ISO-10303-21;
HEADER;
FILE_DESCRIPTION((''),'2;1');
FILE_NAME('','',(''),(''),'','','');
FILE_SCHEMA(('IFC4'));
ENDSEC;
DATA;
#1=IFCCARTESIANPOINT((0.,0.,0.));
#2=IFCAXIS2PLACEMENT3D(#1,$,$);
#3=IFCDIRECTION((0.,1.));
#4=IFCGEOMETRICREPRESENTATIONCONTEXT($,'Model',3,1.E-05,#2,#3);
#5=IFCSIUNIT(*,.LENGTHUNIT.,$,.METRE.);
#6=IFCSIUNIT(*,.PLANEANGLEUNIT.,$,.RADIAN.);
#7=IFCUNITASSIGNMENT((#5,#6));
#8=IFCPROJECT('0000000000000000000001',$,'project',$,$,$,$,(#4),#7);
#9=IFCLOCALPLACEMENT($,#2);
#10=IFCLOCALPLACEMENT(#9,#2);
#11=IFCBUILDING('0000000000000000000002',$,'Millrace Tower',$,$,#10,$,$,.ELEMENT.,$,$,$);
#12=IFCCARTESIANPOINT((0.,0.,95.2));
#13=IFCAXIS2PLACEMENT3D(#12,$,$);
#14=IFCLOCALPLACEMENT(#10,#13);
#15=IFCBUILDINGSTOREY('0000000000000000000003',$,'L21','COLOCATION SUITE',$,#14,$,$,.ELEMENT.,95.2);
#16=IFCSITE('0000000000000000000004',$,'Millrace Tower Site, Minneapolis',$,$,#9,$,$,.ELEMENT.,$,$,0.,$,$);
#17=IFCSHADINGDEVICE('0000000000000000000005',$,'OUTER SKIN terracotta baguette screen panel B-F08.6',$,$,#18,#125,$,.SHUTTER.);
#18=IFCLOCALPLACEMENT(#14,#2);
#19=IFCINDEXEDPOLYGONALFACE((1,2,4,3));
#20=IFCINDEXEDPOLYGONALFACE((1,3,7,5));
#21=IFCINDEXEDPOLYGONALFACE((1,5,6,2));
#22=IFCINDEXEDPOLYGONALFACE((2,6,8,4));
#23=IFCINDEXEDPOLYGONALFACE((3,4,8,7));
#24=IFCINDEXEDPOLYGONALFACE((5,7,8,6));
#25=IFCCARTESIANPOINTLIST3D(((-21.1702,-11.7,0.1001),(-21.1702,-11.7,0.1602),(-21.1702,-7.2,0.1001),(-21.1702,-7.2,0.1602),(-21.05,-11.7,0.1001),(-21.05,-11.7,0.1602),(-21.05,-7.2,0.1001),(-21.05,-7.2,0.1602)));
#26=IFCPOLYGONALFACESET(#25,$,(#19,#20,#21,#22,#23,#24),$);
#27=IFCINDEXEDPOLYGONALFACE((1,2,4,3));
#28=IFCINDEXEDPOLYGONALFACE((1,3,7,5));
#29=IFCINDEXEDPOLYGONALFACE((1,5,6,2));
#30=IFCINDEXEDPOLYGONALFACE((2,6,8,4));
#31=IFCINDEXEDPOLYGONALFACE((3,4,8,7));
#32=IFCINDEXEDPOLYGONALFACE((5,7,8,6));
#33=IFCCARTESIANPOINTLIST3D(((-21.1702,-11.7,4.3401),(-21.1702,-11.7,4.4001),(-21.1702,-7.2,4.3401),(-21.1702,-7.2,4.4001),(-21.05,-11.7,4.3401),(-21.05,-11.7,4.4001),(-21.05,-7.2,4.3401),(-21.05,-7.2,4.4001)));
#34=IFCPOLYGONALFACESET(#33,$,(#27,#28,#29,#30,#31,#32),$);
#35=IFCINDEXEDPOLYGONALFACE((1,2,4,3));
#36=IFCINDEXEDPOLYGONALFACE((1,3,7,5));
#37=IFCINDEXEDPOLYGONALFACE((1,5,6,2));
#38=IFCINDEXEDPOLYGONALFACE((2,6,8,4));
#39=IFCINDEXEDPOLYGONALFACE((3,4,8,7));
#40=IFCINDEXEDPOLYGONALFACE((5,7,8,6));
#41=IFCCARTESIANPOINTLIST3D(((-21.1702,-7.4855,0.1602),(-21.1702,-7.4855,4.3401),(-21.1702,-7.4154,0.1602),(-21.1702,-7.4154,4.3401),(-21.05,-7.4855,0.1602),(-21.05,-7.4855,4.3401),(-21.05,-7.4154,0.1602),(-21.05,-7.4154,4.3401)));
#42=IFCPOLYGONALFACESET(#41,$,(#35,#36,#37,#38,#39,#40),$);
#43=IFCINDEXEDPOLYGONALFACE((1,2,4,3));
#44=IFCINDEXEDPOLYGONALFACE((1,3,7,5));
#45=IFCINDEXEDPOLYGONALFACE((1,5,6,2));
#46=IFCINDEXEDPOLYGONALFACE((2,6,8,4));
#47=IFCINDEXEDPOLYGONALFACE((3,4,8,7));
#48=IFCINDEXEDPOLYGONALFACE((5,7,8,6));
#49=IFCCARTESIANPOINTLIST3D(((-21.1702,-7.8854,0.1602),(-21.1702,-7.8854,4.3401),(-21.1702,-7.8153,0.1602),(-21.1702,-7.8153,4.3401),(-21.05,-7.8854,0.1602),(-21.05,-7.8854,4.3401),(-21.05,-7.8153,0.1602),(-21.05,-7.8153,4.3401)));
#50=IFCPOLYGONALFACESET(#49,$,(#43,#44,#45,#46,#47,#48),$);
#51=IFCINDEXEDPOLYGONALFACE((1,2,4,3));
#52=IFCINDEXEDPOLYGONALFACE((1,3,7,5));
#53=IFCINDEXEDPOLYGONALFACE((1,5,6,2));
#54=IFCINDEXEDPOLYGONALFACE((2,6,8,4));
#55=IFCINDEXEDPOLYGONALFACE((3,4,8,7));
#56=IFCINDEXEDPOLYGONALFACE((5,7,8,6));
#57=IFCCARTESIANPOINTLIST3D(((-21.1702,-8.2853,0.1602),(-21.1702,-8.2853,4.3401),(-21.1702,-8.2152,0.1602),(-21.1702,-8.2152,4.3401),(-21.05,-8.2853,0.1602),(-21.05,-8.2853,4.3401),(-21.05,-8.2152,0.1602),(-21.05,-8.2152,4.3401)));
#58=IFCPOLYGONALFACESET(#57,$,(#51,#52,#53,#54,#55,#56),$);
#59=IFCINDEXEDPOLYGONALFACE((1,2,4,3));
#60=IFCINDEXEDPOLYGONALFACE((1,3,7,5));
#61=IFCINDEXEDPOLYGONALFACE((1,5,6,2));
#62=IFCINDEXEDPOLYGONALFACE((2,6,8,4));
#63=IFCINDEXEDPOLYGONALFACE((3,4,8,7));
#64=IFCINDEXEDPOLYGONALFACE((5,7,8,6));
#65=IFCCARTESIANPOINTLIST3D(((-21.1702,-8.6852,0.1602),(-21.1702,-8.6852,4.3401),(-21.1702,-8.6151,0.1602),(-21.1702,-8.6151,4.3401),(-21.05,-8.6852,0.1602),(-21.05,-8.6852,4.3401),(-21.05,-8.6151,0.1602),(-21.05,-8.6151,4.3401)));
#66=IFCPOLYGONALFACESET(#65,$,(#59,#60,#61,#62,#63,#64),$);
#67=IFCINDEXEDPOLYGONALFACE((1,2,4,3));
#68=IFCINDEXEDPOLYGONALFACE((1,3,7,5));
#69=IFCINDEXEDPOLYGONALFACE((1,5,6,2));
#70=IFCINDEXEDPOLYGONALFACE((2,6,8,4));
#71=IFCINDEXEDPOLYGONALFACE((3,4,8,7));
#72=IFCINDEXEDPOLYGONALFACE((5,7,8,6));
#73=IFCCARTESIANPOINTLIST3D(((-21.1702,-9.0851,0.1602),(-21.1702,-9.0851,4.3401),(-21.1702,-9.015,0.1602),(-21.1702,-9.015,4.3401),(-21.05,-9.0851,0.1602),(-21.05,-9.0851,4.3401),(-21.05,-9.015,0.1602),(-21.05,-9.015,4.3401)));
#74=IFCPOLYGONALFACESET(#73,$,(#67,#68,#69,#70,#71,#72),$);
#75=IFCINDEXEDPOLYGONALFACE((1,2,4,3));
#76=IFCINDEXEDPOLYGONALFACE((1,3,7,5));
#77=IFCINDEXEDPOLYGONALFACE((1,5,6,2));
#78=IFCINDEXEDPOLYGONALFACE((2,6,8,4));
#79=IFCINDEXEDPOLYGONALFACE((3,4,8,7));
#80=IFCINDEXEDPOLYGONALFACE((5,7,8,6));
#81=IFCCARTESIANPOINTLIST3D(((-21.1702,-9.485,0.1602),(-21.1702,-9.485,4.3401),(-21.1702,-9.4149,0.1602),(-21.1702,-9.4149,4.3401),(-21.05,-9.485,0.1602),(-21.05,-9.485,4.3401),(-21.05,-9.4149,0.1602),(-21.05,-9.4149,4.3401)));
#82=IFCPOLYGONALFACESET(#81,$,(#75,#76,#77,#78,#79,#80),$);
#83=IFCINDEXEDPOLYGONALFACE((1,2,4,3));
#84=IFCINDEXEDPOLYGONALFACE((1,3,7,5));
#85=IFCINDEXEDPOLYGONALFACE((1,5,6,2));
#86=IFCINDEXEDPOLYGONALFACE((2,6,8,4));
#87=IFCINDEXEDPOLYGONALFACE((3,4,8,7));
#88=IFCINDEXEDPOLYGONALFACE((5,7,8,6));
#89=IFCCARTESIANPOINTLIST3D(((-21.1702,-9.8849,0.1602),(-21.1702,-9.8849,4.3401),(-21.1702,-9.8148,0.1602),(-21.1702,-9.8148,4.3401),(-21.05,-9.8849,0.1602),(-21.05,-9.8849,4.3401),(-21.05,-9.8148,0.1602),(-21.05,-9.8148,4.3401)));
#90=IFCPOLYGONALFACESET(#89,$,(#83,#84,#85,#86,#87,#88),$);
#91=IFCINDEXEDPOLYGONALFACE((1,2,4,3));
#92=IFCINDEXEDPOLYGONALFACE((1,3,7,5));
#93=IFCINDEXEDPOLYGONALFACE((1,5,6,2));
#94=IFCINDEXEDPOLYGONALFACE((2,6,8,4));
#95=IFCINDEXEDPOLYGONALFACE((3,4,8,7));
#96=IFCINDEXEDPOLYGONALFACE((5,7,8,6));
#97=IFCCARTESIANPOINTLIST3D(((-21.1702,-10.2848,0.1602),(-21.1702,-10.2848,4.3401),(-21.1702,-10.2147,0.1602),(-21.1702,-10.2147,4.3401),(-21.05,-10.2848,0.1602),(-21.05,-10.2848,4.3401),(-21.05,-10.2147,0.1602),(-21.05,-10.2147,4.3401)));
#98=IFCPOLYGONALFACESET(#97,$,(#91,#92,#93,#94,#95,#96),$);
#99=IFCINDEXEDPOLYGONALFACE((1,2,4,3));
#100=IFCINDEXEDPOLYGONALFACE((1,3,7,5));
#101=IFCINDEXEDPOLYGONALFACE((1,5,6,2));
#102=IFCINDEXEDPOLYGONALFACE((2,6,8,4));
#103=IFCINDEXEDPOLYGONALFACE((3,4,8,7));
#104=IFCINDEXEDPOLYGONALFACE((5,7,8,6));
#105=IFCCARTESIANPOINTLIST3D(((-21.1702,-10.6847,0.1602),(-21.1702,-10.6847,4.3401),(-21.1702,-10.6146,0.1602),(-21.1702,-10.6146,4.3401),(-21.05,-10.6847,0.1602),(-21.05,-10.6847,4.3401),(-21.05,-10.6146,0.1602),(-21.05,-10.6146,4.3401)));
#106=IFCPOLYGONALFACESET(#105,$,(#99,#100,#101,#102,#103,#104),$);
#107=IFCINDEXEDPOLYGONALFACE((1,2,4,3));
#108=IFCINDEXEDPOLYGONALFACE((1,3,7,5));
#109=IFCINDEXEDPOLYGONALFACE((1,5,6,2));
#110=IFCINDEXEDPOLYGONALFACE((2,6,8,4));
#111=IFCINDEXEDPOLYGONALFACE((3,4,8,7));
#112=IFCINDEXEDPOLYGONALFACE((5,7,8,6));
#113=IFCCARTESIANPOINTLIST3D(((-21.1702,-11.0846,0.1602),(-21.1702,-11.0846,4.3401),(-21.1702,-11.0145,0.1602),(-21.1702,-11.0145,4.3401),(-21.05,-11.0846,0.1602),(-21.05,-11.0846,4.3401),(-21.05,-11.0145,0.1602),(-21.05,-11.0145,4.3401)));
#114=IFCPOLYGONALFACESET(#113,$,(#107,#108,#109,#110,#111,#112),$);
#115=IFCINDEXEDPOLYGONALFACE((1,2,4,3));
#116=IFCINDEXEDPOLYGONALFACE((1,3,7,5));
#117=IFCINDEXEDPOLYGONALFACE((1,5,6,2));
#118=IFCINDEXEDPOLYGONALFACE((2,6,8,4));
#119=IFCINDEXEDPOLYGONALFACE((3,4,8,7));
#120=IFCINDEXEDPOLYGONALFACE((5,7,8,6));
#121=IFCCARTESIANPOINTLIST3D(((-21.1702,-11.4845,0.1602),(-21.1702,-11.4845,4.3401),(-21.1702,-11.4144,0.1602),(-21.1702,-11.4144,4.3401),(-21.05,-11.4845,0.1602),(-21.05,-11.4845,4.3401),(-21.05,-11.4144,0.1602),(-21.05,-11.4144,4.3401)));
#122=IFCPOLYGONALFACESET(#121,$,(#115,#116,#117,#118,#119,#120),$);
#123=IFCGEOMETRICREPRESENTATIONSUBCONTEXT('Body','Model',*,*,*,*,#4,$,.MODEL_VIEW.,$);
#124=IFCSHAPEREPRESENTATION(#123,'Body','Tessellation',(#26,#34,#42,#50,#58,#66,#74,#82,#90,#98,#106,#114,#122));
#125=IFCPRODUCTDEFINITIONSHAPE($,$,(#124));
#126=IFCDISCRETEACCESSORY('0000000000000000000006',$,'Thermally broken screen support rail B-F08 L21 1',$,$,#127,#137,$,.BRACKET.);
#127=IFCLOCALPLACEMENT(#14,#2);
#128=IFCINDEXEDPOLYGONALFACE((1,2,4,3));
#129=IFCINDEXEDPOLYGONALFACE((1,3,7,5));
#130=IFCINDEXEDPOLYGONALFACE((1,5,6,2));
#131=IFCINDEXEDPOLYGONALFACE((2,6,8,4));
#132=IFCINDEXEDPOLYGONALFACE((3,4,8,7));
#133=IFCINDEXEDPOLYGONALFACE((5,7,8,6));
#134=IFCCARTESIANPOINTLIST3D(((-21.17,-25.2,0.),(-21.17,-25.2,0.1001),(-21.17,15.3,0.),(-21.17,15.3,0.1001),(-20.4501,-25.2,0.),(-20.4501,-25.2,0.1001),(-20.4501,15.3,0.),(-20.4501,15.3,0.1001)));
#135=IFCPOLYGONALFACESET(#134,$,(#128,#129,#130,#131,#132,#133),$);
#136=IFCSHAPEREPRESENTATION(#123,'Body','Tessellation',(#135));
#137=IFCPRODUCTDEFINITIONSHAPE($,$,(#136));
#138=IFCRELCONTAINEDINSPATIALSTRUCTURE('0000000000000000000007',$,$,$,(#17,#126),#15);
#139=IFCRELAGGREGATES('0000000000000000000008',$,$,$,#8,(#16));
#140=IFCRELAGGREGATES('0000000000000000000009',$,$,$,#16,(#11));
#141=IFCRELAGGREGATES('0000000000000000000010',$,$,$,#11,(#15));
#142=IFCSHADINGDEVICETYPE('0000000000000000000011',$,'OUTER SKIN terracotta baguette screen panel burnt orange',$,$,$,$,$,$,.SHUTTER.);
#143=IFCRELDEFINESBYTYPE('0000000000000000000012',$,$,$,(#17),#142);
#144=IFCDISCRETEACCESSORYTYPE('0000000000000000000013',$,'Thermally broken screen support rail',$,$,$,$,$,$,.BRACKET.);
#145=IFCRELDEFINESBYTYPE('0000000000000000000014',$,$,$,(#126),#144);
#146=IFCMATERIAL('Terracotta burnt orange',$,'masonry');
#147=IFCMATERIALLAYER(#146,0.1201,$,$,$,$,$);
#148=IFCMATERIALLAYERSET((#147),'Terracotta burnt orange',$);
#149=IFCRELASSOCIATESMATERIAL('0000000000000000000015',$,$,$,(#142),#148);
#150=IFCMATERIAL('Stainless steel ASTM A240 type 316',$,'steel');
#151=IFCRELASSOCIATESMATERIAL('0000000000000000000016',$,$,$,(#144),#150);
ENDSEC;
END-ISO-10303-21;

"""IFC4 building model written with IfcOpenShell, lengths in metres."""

from ifc_helpers import new_model, entity, si_unit, direction, frame, frame_2d, origin, origin_2d, place, context, subcontext, project, spatial, rectangle, extrude, source, transform, mapped, material, layer, layer_set, type_object, element, save


model = new_model("IFC4")

# Units and contexts
model_context = context("Model", 3, precision=1e-05, world=origin(), true_north=direction((0.0, 1.0)))
body_context = subcontext(model_context, "Body", "Model", "MODEL_VIEW")
ifc_project = project(units=[si_unit("LENGTHUNIT", "METRE"), si_unit("PLANEANGLEUNIT", "RADIAN")], contexts=[model_context])

# Site, building, storey
site_placement = place(None, origin())
site = spatial("IfcSite", under=ifc_project, at=site_placement, Name="Millrace Tower Site, Minneapolis", CompositionType="ELEMENT", RefElevation=0.0)
building_placement = place(site_placement, origin())
building = spatial("IfcBuilding", under=site, at=building_placement, Name="Millrace Tower", CompositionType="ELEMENT")
storey_placement = place(building_placement, frame((0.0, 0.0, 95.2)))
storey = spatial("IfcBuildingStorey", under=building, at=storey_placement, Name="L21", Description="COLOCATION SUITE", CompositionType="ELEMENT", Elevation=95.2)

# Shading device
ifc_material_1 = material(Name="Terracotta burnt orange", Category="masonry")
ifc_layer_1 = layer(ifc_material_1, 0.1201)
ifc_layer_set_1 = layer_set([ifc_layer_1], Name="Terracotta burnt orange")
shading_device_type = type_object("IfcShadingDeviceType", Name="OUTER SKIN terracotta baguette screen panel burnt orange", PredefinedType="SHUTTER", material=ifc_layer_set_1)
cartesian_point = entity("IfcCartesianPoint", [-2.25, 0.0601])
shared_polyline = entity("IfcPolyline", [cartesian_point, entity("IfcCartesianPoint", [2.25, 0.0601]), entity("IfcCartesianPoint", [2.25, -0.0601]), entity("IfcCartesianPoint", [-2.25, -0.0601]), cartesian_point])
shared_shape = source(origin(), body_context, "Body", "SweptSolid", [
    entity("IfcExtrudedAreaSolid", entity("IfcArbitraryClosedProfileDef", "AREA", None, shared_polyline), entity("IfcAxis2Placement3D", entity("IfcCartesianPoint", [0.0, 0.0, 0.0])), entity("IfcDirection", [0.0, 0.0, 1.0]), 0.0601),
    entity("IfcExtrudedAreaSolid", entity("IfcArbitraryClosedProfileDef", "AREA", None, shared_polyline), entity("IfcAxis2Placement3D", entity("IfcCartesianPoint", [0.0, 0.0, 4.24])), entity("IfcDirection", [0.0, 0.0, 1.0]), 0.0601),
    extrude(rectangle(XDim=0.0701, YDim=0.1201, at=frame_2d((-1.9995, 0.0))), frame((0.0, 0.0, 0.0601)), (0.0, 0.0, 1.0), 4.1799),
    extrude(rectangle(XDim=0.0701, YDim=0.1201, at=frame_2d((-1.5996, 0.0))), frame((0.0, 0.0, 0.0601)), (0.0, 0.0, 1.0), 4.1799),
    extrude(rectangle(XDim=0.0701, YDim=0.1201, at=frame_2d((-1.1997, 0.0))), frame((0.0, 0.0, 0.0601)), (0.0, 0.0, 1.0), 4.1799),
    extrude(rectangle(XDim=0.0701, YDim=0.1201, at=frame_2d((-0.7998, 0.0))), frame((0.0, 0.0, 0.0601)), (0.0, 0.0, 1.0), 4.1799),
    extrude(rectangle(XDim=0.0701, YDim=0.1201, at=frame_2d((-0.3999, 0.0))), frame((0.0, 0.0, 0.0601)), (0.0, 0.0, 1.0), 4.1799),
    extrude(rectangle(XDim=0.0701, YDim=0.1201, at=origin_2d()), frame((0.0, 0.0, 0.0601)), (0.0, 0.0, 1.0), 4.1799),
    extrude(rectangle(XDim=0.0701, YDim=0.1201, at=frame_2d((0.3999, 0.0))), frame((0.0, 0.0, 0.0601)), (0.0, 0.0, 1.0), 4.1799),
    extrude(rectangle(XDim=0.0701, YDim=0.1201, at=frame_2d((0.7998, 0.0))), frame((0.0, 0.0, 0.0601)), (0.0, 0.0, 1.0), 4.1799),
    extrude(rectangle(XDim=0.0701, YDim=0.1201, at=frame_2d((1.1997, 0.0))), frame((0.0, 0.0, 0.0601)), (0.0, 0.0, 1.0), 4.1799),
    extrude(rectangle(XDim=0.0701, YDim=0.1201, at=frame_2d((1.5996, 0.0))), frame((0.0, 0.0, 0.0601)), (0.0, 0.0, 1.0), 4.1799),
    extrude(rectangle(XDim=0.0701, YDim=0.1201, at=frame_2d((1.9995, 0.0))), frame((0.0, 0.0, 0.0601)), (0.0, 0.0, 1.0), 4.1799),
])
for number, where, z_axis, x_axis, name in (
    (1, (-21.1101, -9.45, 0.1001), (0.0, 0.0, 1.0), (0.0, -1.0, 0.0), "OUTER SKIN terracotta baguette screen panel B-F08.6"),
):
    element("IfcShadingDevice", number, at=place(storey_placement, frame(where, z_axis=z_axis, x_axis=x_axis)), inside=storey, type_object=shading_device_type, Name=name, PredefinedType="SHUTTER", context=body_context, shape_type="MappedRepresentation", body=[
        mapped(shared_shape, transform((0.0, 0.0, 0.0), scale=1.0)),
    ])

# Discrete accessory
ifc_material_2 = material(Name="Stainless steel ASTM A240 type 316", Category="steel")
discrete_accessory_type = type_object("IfcDiscreteAccessoryType", Name="Thermally broken screen support rail", PredefinedType="BRACKET", material=ifc_material_2)
discrete_accessory_placement = place(storey_placement, frame((-20.8101, -4.95, 0.0), z_axis=(0.0, 0.0, 1.0), x_axis=(0.0, -1.0, 0.0)))
element("IfcDiscreteAccessory", 2, at=discrete_accessory_placement, inside=storey, type_object=discrete_accessory_type, Name="Thermally broken screen support rail B-F08 L21 1", PredefinedType="BRACKET", context=body_context, shape_type="SweptSolid", body=[
    extrude(rectangle(XDim=40.5, YDim=0.72, at=origin_2d()), origin(), (0.0, 0.0, 1.0), 0.1001),
])

save(model, "model.ifc")
